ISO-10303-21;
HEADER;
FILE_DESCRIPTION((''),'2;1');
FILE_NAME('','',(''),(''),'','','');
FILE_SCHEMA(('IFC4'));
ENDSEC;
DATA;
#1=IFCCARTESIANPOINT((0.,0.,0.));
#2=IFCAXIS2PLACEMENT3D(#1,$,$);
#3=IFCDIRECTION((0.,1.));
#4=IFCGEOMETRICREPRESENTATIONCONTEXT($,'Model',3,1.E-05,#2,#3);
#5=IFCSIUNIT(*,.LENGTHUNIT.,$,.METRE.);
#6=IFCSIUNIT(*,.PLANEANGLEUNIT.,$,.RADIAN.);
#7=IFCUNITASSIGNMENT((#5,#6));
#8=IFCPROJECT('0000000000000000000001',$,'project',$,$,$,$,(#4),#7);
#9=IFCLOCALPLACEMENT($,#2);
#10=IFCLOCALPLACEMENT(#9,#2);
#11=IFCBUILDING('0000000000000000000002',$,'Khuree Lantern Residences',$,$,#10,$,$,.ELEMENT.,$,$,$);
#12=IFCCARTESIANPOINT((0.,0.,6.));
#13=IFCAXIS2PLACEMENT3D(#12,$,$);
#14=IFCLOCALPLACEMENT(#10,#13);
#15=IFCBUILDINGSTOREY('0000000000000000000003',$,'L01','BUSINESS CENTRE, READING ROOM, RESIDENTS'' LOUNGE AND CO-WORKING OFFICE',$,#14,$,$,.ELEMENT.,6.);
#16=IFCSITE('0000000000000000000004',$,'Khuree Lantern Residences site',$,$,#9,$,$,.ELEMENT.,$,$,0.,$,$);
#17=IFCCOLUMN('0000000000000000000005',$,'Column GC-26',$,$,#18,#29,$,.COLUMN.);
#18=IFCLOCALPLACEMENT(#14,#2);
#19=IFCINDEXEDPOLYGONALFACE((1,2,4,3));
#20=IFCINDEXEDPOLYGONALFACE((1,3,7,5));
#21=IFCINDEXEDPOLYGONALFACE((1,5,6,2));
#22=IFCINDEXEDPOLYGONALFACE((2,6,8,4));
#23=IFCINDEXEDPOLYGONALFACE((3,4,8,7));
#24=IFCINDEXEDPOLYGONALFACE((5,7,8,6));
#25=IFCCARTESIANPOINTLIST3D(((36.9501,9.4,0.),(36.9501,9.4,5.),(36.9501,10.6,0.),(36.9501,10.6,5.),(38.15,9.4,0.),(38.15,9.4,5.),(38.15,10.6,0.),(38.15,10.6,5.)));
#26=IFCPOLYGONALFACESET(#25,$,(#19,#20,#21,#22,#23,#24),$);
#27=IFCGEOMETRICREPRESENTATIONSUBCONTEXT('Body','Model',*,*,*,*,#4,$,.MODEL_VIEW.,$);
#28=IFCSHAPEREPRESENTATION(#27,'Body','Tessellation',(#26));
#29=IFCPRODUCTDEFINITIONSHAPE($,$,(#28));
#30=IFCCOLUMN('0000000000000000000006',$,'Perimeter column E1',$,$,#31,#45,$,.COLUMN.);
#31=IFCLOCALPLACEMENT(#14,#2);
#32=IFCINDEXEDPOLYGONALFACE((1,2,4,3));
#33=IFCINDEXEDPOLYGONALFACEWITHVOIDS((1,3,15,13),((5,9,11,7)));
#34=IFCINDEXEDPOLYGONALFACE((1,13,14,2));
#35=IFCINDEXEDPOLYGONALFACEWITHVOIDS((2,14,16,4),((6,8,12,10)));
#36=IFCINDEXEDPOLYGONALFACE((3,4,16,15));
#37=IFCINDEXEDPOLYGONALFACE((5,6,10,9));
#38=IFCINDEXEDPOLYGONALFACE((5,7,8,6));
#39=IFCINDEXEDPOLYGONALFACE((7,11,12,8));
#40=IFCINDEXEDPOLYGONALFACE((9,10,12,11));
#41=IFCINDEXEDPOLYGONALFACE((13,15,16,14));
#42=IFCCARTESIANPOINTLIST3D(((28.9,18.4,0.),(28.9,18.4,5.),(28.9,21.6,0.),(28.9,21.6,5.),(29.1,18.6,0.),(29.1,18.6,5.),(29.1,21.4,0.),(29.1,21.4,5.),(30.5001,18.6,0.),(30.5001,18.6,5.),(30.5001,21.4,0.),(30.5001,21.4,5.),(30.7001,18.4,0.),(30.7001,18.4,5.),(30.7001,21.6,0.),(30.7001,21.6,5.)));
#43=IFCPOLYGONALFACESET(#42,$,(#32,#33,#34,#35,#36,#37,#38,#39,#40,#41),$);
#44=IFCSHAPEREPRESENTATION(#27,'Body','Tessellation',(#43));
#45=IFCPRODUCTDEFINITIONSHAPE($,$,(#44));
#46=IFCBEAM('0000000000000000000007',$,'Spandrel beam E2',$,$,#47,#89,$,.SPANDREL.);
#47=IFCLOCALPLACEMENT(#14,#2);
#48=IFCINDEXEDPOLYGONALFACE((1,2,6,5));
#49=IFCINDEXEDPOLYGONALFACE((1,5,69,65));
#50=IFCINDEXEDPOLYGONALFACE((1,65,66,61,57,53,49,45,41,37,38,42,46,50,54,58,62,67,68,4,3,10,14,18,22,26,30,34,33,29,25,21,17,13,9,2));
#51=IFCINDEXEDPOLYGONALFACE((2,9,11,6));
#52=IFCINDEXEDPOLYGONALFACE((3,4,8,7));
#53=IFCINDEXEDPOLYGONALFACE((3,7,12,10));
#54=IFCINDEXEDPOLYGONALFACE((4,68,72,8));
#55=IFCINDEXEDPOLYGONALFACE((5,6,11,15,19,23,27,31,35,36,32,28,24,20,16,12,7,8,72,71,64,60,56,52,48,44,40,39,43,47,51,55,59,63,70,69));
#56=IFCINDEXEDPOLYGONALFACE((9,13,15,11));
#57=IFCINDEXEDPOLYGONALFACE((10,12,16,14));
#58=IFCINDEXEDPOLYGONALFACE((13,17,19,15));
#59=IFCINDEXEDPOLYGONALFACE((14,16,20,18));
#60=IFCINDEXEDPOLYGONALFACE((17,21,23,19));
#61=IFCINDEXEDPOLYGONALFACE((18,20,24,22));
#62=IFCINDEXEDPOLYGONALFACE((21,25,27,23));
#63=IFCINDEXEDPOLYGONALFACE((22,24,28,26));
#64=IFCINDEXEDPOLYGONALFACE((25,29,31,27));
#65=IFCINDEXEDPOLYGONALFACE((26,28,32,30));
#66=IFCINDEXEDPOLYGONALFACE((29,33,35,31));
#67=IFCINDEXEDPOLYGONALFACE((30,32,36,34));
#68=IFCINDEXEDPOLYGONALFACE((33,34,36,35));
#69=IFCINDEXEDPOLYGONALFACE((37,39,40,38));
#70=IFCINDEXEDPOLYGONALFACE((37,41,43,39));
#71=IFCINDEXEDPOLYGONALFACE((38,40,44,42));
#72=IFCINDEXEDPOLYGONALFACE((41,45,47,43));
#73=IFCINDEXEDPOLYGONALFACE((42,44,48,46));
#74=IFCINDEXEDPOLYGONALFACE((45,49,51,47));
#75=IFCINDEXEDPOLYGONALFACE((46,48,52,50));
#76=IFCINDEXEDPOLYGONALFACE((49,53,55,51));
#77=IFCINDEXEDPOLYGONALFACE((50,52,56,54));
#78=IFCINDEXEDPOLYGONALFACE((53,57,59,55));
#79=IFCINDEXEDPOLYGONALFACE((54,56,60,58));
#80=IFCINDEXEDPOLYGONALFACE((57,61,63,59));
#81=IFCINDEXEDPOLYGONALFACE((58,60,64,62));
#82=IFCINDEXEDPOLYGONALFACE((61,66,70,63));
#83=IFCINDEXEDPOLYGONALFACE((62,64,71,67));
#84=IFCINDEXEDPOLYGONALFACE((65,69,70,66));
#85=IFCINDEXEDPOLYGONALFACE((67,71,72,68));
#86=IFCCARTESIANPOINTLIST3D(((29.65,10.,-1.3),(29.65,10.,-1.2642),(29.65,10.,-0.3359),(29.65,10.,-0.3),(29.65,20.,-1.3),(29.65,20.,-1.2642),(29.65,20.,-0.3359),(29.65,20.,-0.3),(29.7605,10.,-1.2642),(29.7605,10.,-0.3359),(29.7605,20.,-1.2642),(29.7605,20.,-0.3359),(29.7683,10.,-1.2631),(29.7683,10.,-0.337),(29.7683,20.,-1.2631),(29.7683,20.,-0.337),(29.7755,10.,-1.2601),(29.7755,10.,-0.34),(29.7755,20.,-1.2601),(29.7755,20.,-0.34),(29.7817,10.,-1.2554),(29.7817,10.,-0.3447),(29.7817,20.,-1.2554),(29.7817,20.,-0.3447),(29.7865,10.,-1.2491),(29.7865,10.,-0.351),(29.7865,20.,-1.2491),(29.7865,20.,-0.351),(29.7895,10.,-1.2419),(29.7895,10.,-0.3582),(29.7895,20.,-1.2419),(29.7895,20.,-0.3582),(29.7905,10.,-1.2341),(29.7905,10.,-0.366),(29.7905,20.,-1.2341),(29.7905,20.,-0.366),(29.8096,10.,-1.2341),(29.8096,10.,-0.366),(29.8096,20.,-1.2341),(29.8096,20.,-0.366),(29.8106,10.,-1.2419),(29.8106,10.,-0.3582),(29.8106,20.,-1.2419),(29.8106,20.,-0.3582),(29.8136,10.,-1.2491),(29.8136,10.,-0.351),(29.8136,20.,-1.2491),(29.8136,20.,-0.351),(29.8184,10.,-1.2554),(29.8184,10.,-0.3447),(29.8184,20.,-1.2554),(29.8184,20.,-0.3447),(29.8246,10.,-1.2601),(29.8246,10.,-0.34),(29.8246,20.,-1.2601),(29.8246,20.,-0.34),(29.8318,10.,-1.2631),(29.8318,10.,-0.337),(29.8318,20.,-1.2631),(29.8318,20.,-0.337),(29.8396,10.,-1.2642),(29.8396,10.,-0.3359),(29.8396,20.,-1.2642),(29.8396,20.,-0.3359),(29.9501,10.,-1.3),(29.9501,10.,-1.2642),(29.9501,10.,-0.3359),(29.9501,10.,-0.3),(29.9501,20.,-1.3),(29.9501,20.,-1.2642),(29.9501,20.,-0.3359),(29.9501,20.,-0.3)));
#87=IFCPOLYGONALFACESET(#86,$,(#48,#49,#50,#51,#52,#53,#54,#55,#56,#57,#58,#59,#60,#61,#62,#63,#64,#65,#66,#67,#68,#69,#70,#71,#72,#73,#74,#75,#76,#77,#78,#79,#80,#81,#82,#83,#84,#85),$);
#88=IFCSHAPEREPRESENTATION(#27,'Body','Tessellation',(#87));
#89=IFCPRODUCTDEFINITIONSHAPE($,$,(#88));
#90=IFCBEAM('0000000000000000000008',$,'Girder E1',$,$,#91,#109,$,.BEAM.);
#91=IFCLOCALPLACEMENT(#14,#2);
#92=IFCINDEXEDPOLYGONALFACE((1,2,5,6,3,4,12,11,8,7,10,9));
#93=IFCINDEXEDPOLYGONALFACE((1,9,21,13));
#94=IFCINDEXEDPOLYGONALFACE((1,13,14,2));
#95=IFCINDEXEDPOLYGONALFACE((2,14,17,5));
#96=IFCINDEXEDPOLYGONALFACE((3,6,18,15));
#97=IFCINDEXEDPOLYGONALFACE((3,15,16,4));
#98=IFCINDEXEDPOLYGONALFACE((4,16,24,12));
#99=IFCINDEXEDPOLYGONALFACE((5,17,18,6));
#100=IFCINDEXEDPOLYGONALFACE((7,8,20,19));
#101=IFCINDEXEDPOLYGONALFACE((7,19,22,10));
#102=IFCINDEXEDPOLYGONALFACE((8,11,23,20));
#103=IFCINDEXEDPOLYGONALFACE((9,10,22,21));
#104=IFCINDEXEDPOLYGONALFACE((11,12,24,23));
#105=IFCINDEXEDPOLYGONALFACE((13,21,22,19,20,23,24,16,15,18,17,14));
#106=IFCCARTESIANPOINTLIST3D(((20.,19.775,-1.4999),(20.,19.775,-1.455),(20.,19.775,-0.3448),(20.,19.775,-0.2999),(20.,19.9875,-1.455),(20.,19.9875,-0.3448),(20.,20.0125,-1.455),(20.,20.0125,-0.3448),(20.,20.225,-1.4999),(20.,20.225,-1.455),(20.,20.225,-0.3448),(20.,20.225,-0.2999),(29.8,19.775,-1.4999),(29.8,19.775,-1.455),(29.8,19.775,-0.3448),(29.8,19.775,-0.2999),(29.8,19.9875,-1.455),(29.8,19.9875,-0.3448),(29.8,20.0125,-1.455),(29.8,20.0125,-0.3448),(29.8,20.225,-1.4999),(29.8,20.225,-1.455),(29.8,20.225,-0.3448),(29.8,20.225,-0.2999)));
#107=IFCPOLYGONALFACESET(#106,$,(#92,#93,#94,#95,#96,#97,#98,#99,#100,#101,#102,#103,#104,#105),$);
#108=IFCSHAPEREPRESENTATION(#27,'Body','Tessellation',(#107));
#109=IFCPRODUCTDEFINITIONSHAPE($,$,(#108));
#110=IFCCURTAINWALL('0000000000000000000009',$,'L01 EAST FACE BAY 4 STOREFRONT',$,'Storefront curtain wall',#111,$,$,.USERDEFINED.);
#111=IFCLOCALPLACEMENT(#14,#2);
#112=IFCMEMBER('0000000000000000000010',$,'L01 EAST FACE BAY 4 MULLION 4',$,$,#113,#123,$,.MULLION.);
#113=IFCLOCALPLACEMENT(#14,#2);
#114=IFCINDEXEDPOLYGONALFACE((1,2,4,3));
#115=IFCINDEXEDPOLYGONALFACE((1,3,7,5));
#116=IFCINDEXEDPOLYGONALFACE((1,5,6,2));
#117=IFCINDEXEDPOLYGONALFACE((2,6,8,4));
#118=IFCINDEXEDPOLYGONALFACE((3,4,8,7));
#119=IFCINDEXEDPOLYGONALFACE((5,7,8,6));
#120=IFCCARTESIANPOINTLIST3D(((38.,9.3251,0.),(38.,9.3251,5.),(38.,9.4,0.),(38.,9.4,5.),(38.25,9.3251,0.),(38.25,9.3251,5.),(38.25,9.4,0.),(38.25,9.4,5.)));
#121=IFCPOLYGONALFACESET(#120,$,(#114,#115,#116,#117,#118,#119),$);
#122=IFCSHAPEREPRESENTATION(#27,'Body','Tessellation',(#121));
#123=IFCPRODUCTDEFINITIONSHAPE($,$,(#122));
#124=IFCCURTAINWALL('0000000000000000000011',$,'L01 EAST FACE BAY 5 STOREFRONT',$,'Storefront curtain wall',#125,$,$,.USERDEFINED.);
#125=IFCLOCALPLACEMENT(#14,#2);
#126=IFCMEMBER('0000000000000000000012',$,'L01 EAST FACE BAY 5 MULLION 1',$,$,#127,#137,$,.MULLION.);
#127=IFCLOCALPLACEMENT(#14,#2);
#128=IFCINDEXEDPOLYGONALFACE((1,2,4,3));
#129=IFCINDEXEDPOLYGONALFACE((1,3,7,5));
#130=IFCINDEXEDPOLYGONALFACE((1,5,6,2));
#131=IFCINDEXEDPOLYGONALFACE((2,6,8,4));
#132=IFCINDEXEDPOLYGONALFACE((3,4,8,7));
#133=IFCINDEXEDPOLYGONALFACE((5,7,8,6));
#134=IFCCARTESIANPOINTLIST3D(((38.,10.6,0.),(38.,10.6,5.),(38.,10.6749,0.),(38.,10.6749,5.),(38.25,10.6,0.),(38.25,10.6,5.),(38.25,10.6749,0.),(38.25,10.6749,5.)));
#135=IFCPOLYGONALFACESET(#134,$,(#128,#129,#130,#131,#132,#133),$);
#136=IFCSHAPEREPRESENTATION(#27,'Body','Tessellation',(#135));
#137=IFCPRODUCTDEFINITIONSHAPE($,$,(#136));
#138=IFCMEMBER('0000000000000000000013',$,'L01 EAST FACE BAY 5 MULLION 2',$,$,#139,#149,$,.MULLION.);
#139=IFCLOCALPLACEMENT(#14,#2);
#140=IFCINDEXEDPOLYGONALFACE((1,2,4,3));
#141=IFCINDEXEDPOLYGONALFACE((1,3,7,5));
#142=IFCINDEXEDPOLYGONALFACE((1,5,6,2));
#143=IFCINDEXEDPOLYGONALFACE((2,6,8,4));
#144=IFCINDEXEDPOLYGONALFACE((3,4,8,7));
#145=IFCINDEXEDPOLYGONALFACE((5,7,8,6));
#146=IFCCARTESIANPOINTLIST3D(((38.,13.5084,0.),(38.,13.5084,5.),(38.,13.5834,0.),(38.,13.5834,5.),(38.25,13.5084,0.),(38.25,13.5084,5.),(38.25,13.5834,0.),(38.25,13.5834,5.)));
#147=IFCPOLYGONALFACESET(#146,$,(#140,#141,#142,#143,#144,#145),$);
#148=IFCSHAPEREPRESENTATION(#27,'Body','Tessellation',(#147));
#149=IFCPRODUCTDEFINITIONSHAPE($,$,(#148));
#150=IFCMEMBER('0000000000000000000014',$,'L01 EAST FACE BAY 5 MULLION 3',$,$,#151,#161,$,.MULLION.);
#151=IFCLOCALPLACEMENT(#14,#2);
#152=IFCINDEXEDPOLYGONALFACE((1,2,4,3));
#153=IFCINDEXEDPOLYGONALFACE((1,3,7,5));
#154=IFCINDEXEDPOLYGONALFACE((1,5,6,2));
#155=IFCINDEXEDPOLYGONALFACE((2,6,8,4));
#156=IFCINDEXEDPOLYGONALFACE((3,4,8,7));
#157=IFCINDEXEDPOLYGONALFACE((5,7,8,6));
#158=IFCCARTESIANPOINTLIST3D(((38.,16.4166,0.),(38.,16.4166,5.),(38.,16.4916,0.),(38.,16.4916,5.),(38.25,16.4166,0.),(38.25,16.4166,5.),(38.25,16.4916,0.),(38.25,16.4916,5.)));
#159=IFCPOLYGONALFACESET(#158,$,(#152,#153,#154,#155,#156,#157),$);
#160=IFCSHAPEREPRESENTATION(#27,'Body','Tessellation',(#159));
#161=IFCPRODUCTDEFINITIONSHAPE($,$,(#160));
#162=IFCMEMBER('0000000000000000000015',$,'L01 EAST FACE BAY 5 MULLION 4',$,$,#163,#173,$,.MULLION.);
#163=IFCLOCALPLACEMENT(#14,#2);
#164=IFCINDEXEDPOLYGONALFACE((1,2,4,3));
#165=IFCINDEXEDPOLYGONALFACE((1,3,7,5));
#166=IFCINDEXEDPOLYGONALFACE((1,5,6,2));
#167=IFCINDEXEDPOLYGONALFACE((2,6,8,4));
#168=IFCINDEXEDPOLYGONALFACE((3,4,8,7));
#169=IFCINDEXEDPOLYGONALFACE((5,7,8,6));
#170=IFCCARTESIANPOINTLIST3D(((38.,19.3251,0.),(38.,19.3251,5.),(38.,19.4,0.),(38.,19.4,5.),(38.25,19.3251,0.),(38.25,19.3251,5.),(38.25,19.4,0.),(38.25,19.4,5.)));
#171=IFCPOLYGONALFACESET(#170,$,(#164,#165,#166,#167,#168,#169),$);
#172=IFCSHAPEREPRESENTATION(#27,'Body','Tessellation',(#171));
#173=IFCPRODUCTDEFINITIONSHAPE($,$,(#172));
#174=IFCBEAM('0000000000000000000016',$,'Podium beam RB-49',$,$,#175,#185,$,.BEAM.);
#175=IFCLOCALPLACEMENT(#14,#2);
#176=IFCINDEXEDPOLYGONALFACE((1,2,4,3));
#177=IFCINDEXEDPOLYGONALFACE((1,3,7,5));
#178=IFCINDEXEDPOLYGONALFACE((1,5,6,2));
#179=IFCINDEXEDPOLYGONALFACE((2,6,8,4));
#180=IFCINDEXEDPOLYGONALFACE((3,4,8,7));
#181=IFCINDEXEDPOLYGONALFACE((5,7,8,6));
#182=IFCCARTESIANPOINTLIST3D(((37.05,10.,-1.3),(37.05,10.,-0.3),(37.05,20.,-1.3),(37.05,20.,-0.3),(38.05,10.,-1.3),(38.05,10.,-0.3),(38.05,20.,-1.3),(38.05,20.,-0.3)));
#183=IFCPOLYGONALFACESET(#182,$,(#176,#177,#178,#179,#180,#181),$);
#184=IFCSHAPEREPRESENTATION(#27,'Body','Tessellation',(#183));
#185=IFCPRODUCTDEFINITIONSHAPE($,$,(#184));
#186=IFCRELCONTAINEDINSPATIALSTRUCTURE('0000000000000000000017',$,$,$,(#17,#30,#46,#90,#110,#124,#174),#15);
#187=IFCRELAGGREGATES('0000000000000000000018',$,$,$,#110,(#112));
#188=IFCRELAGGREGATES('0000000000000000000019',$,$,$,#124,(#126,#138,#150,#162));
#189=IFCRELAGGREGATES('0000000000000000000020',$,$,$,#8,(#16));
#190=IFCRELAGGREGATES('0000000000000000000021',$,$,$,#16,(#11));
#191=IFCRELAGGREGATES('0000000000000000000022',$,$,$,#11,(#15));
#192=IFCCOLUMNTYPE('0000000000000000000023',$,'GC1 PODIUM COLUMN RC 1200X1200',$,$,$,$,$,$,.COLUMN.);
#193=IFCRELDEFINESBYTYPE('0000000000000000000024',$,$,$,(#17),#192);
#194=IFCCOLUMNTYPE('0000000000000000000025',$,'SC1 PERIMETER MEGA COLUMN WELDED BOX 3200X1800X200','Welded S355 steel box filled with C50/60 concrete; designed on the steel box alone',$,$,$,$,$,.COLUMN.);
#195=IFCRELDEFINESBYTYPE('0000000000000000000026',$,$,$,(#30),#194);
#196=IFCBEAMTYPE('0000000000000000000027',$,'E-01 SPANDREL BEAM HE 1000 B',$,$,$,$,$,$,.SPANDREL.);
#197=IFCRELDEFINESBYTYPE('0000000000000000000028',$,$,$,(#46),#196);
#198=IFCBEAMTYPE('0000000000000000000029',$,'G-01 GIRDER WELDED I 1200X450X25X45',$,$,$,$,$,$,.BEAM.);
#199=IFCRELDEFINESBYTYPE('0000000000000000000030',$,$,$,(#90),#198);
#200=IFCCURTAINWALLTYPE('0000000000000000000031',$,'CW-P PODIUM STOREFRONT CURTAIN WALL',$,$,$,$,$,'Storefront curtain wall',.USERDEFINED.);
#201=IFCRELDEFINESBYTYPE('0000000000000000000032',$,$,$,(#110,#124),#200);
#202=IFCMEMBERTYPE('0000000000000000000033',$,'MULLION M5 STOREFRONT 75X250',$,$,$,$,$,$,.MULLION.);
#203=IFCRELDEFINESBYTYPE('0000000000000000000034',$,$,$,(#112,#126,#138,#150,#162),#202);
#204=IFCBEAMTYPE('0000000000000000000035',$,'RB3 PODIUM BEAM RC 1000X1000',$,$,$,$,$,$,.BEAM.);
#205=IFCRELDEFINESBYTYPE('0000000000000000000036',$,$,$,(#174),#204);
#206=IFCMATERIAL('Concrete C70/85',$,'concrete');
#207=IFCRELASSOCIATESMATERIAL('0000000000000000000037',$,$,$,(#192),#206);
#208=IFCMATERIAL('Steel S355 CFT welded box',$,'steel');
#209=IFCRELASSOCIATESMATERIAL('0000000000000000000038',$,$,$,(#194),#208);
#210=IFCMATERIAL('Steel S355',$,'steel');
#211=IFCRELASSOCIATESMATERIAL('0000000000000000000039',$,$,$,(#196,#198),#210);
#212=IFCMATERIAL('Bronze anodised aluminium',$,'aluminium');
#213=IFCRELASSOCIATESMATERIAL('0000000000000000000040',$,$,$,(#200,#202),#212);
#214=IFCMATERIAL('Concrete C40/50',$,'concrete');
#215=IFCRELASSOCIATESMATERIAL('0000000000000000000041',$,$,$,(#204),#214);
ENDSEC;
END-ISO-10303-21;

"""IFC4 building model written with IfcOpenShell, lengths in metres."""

from ifc_helpers import new_model, si_unit, direction, frame, origin, origin_2d, place, context, subcontext, project, spatial, rectangle, hollow_rectangle, i_section, extrude, material, material_profile, profile_set, type_object, element, aggregate, save


model = new_model("IFC4")

# Units and contexts
model_context = context("Model", 3, precision=1e-05, world=origin(), true_north=direction((0.0, 1.0)))
body_context = subcontext(model_context, "Body", "Model", "MODEL_VIEW")
ifc_project = project(units=[si_unit("LENGTHUNIT", "METRE"), si_unit("PLANEANGLEUNIT", "RADIAN")], contexts=[model_context])

# Site, building, storey
site_placement = place(None, origin())
site = spatial("IfcSite", under=ifc_project, at=site_placement, Name="Khuree Lantern Residences site", CompositionType="ELEMENT", RefElevation=0.0)
building_placement = place(site_placement, origin())
building = spatial("IfcBuilding", under=site, at=building_placement, Name="Khuree Lantern Residences", CompositionType="ELEMENT")
storey_placement = place(building_placement, frame((0.0, 0.0, 6.0)))
storey = spatial("IfcBuildingStorey", under=building, at=storey_placement, Name="L01", Description="BUSINESS CENTRE, READING ROOM, RESIDENTS' LOUNGE AND CO-WORKING OFFICE", CompositionType="ELEMENT", Elevation=6.0)

# Columns
ifc_material_1 = material(Name="Concrete C70/85", Category="concrete")
ifc_material_profile_1 = material_profile(ifc_material_1, rectangle(XDim=1.2, YDim=1.2, at=origin_2d()), Name="RC 1200X1200")
ifc_profile_set_1 = profile_set([ifc_material_profile_1], Name="Concrete C70/85")
column_type_1 = type_object("IfcColumnType", Name="GC1 PODIUM COLUMN RC 1200X1200", PredefinedType="COLUMN", material=ifc_profile_set_1)
column_1_placement = place(storey_placement, frame((37.55, 10.0, 0.0), z_axis=(0.0, 0.0, 1.0), x_axis=(1.0, 0.0, 0.0)))
element("IfcColumn", 1, at=column_1_placement, inside=storey, type_object=column_type_1, Name="Column GC-26", PredefinedType="COLUMN", context=body_context, shape_type="SweptSolid", body=[
    extrude(rectangle(XDim=1.2, YDim=1.2, at=origin_2d()), origin(), (0.0, 0.0, 1.0), 5.0),
])
ifc_material_2 = material(Name="Steel S355 CFT welded box", Category="steel")
ifc_material_profile_2 = material_profile(ifc_material_2, hollow_rectangle(XDim=3.2, YDim=1.8, WallThickness=0.2, at=origin_2d()), Name="WELDED BOX 3200X1800X200")
ifc_profile_set_2 = profile_set([ifc_material_profile_2], Name="Steel S355 CFT welded box")
column_type_2 = type_object("IfcColumnType", Name="SC1 PERIMETER MEGA COLUMN WELDED BOX 3200X1800X200", Description="Welded S355 steel box filled with C50/60 concrete; designed on the steel box alone", PredefinedType="COLUMN", material=ifc_profile_set_2)
column_2_placement = place(storey_placement, frame((29.8, 20.0, 0.0), z_axis=(0.0, 0.0, 1.0), x_axis=(0.0, 1.0, 0.0)))
element("IfcColumn", 2, at=column_2_placement, inside=storey, type_object=column_type_2, Name="Perimeter column E1", PredefinedType="COLUMN", context=body_context, shape_type="SweptSolid", body=[
    extrude(hollow_rectangle(XDim=3.2, YDim=1.8, WallThickness=0.2, at=origin_2d()), origin(), (0.0, 0.0, 1.0), 5.0),
])

# Beams
ifc_material_3 = material(Name="Steel S355", Category="steel")
ifc_material_profile_3 = material_profile(ifc_material_3, i_section(OverallWidth=0.3, OverallDepth=1.0, WebThickness=0.019, FlangeThickness=0.0359, FilletRadius=0.03, at=origin_2d()), Name="HE 1000 B")
ifc_profile_set_3 = profile_set([ifc_material_profile_3], Name="Steel S355")
beam_type_1 = type_object("IfcBeamType", Name="E-01 SPANDREL BEAM HE 1000 B", PredefinedType="SPANDREL", material=ifc_profile_set_3)
beam_1_placement = place(storey_placement, frame((29.8, 20.0, -0.8), z_axis=(0.0, -1.0, 0.0), x_axis=(1.0, 0.0, 0.0)))
element("IfcBeam", 3, at=beam_1_placement, inside=storey, type_object=beam_type_1, Name="Spandrel beam E2", PredefinedType="SPANDREL", context=body_context, shape_type="SweptSolid", body=[
    extrude(i_section(OverallWidth=0.3, OverallDepth=1.0, WebThickness=0.019, FlangeThickness=0.0359, FilletRadius=0.03, at=origin_2d()), origin(), (0.0, 0.0, 1.0), 10.0),
])
ifc_material_profile_4 = material_profile(ifc_material_3, i_section(OverallWidth=0.45, OverallDepth=1.2, WebThickness=0.0249, FlangeThickness=0.0449, at=origin_2d()), Name="WELDED I 1200X450X25X45")
ifc_profile_set_4 = profile_set([ifc_material_profile_4], Name="Steel S355")
beam_type_2 = type_object("IfcBeamType", Name="G-01 GIRDER WELDED I 1200X450X25X45", PredefinedType="BEAM", material=ifc_profile_set_4)
beam_2_placement = place(storey_placement, frame((29.8, 20.0, -0.8999), z_axis=(-1.0, 0.0, 0.0), x_axis=(0.0, -1.0, 0.0)))
element("IfcBeam", 4, at=beam_2_placement, inside=storey, type_object=beam_type_2, Name="Girder E1", PredefinedType="BEAM", context=body_context, shape_type="SweptSolid", body=[
    extrude(i_section(OverallWidth=0.45, OverallDepth=1.2, WebThickness=0.0249, FlangeThickness=0.0449, at=origin_2d()), origin(), (0.0, 0.0, 1.0), 9.8),
])

# Curtain wall, member
ifc_material_4 = material(Name="Bronze anodised aluminium", Category="aluminium")
curtain_wall_type = type_object("IfcCurtainWallType", Name="CW-P PODIUM STOREFRONT CURTAIN WALL", ElementType="Storefront curtain wall", PredefinedType="USERDEFINED", material=ifc_material_4)
curtain_wall_1_placement = place(storey_placement, origin())
curtain_wall_1 = element("IfcCurtainWall", 5, at=curtain_wall_1_placement, inside=storey, type_object=curtain_wall_type, Name="L01 EAST FACE BAY 4 STOREFRONT", ObjectType="Storefront curtain wall", PredefinedType="USERDEFINED")
ifc_material_profile_5 = material_profile(ifc_material_4, rectangle(XDim=0.075, YDim=0.25, at=origin_2d()), Name="M5 75X250")
ifc_profile_set_5 = profile_set([ifc_material_profile_5], Name="Bronze anodised aluminium")
member_type_1 = type_object("IfcMemberType", Name="MULLION M5 STOREFRONT 75X250", PredefinedType="MULLION", material=ifc_profile_set_5)
member_1_placement = place(storey_placement, frame((38.125, 9.3625, 0.0), z_axis=(0.0, 0.0, 1.0), x_axis=(0.0, 1.0, 0.0)))
member_1 = element("IfcMember", 6, at=member_1_placement, type_object=member_type_1, Name="L01 EAST FACE BAY 4 MULLION 4", PredefinedType="MULLION", context=body_context, shape_type="SweptSolid", body=[
    extrude(rectangle(XDim=0.075, YDim=0.25, at=origin_2d()), origin(), (0.0, 0.0, 1.0), 5.0),
])

# Curtain wall, members
curtain_wall_2_placement = place(storey_placement, origin())
curtain_wall_2 = element("IfcCurtainWall", 7, at=curtain_wall_2_placement, inside=storey, type_object=curtain_wall_type, Name="L01 EAST FACE BAY 5 STOREFRONT", ObjectType="Storefront curtain wall", PredefinedType="USERDEFINED")
member_2_placement = place(storey_placement, frame((38.125, 10.6375, 0.0), z_axis=(0.0, 0.0, 1.0), x_axis=(0.0, 1.0, 0.0)))
member_2 = element("IfcMember", 8, at=member_2_placement, type_object=member_type_1, Name="L01 EAST FACE BAY 5 MULLION 1", PredefinedType="MULLION", context=body_context, shape_type="SweptSolid", body=[
    extrude(rectangle(XDim=0.075, YDim=0.25, at=origin_2d()), origin(), (0.0, 0.0, 1.0), 5.0),
])
member_3_placement = place(storey_placement, frame((38.125, 13.5459, 0.0), z_axis=(0.0, 0.0, 1.0), x_axis=(0.0, 1.0, 0.0)))
member_3 = element("IfcMember", 9, at=member_3_placement, type_object=member_type_1, Name="L01 EAST FACE BAY 5 MULLION 2", PredefinedType="MULLION", context=body_context, shape_type="SweptSolid", body=[
    extrude(rectangle(XDim=0.075, YDim=0.25, at=origin_2d()), origin(), (0.0, 0.0, 1.0), 5.0),
])
member_4_placement = place(storey_placement, frame((38.125, 16.4541, 0.0), z_axis=(0.0, 0.0, 1.0), x_axis=(0.0, 1.0, 0.0)))
member_4 = element("IfcMember", 10, at=member_4_placement, type_object=member_type_1, Name="L01 EAST FACE BAY 5 MULLION 3", PredefinedType="MULLION", context=body_context, shape_type="SweptSolid", body=[
    extrude(rectangle(XDim=0.075, YDim=0.25, at=origin_2d()), origin(), (0.0, 0.0, 1.0), 5.0),
])
member_5_placement = place(storey_placement, frame((38.125, 19.3625, 0.0), z_axis=(0.0, 0.0, 1.0), x_axis=(0.0, 1.0, 0.0)))
member_5 = element("IfcMember", 11, at=member_5_placement, type_object=member_type_1, Name="L01 EAST FACE BAY 5 MULLION 4", PredefinedType="MULLION", context=body_context, shape_type="SweptSolid", body=[
    extrude(rectangle(XDim=0.075, YDim=0.25, at=origin_2d()), origin(), (0.0, 0.0, 1.0), 5.0),
])

# Beam
ifc_material_5 = material(Name="Concrete C40/50", Category="concrete")
ifc_material_profile_6 = material_profile(ifc_material_5, rectangle(XDim=1.0, YDim=1.0, at=origin_2d()), Name="RC 1000X1000")
ifc_profile_set_6 = profile_set([ifc_material_profile_6], Name="Concrete C40/50")
beam_type_3 = type_object("IfcBeamType", Name="RB3 PODIUM BEAM RC 1000X1000", PredefinedType="BEAM", material=ifc_profile_set_6)
beam_3_placement = place(storey_placement, frame((37.55, 10.0, -0.8), z_axis=(0.0, 1.0, 0.0), x_axis=(-1.0, 0.0, 0.0)))
element("IfcBeam", 12, at=beam_3_placement, inside=storey, type_object=beam_type_3, Name="Podium beam RB-49", PredefinedType="BEAM", context=body_context, shape_type="SweptSolid", body=[
    extrude(rectangle(XDim=1.0, YDim=1.0, at=origin_2d()), origin(), (0.0, 0.0, 1.0), 10.0),
])

aggregate(curtain_wall_1, [member_1])
aggregate(curtain_wall_2, [member_2, member_3, member_4, member_5])

save(model, "model.ifc")
